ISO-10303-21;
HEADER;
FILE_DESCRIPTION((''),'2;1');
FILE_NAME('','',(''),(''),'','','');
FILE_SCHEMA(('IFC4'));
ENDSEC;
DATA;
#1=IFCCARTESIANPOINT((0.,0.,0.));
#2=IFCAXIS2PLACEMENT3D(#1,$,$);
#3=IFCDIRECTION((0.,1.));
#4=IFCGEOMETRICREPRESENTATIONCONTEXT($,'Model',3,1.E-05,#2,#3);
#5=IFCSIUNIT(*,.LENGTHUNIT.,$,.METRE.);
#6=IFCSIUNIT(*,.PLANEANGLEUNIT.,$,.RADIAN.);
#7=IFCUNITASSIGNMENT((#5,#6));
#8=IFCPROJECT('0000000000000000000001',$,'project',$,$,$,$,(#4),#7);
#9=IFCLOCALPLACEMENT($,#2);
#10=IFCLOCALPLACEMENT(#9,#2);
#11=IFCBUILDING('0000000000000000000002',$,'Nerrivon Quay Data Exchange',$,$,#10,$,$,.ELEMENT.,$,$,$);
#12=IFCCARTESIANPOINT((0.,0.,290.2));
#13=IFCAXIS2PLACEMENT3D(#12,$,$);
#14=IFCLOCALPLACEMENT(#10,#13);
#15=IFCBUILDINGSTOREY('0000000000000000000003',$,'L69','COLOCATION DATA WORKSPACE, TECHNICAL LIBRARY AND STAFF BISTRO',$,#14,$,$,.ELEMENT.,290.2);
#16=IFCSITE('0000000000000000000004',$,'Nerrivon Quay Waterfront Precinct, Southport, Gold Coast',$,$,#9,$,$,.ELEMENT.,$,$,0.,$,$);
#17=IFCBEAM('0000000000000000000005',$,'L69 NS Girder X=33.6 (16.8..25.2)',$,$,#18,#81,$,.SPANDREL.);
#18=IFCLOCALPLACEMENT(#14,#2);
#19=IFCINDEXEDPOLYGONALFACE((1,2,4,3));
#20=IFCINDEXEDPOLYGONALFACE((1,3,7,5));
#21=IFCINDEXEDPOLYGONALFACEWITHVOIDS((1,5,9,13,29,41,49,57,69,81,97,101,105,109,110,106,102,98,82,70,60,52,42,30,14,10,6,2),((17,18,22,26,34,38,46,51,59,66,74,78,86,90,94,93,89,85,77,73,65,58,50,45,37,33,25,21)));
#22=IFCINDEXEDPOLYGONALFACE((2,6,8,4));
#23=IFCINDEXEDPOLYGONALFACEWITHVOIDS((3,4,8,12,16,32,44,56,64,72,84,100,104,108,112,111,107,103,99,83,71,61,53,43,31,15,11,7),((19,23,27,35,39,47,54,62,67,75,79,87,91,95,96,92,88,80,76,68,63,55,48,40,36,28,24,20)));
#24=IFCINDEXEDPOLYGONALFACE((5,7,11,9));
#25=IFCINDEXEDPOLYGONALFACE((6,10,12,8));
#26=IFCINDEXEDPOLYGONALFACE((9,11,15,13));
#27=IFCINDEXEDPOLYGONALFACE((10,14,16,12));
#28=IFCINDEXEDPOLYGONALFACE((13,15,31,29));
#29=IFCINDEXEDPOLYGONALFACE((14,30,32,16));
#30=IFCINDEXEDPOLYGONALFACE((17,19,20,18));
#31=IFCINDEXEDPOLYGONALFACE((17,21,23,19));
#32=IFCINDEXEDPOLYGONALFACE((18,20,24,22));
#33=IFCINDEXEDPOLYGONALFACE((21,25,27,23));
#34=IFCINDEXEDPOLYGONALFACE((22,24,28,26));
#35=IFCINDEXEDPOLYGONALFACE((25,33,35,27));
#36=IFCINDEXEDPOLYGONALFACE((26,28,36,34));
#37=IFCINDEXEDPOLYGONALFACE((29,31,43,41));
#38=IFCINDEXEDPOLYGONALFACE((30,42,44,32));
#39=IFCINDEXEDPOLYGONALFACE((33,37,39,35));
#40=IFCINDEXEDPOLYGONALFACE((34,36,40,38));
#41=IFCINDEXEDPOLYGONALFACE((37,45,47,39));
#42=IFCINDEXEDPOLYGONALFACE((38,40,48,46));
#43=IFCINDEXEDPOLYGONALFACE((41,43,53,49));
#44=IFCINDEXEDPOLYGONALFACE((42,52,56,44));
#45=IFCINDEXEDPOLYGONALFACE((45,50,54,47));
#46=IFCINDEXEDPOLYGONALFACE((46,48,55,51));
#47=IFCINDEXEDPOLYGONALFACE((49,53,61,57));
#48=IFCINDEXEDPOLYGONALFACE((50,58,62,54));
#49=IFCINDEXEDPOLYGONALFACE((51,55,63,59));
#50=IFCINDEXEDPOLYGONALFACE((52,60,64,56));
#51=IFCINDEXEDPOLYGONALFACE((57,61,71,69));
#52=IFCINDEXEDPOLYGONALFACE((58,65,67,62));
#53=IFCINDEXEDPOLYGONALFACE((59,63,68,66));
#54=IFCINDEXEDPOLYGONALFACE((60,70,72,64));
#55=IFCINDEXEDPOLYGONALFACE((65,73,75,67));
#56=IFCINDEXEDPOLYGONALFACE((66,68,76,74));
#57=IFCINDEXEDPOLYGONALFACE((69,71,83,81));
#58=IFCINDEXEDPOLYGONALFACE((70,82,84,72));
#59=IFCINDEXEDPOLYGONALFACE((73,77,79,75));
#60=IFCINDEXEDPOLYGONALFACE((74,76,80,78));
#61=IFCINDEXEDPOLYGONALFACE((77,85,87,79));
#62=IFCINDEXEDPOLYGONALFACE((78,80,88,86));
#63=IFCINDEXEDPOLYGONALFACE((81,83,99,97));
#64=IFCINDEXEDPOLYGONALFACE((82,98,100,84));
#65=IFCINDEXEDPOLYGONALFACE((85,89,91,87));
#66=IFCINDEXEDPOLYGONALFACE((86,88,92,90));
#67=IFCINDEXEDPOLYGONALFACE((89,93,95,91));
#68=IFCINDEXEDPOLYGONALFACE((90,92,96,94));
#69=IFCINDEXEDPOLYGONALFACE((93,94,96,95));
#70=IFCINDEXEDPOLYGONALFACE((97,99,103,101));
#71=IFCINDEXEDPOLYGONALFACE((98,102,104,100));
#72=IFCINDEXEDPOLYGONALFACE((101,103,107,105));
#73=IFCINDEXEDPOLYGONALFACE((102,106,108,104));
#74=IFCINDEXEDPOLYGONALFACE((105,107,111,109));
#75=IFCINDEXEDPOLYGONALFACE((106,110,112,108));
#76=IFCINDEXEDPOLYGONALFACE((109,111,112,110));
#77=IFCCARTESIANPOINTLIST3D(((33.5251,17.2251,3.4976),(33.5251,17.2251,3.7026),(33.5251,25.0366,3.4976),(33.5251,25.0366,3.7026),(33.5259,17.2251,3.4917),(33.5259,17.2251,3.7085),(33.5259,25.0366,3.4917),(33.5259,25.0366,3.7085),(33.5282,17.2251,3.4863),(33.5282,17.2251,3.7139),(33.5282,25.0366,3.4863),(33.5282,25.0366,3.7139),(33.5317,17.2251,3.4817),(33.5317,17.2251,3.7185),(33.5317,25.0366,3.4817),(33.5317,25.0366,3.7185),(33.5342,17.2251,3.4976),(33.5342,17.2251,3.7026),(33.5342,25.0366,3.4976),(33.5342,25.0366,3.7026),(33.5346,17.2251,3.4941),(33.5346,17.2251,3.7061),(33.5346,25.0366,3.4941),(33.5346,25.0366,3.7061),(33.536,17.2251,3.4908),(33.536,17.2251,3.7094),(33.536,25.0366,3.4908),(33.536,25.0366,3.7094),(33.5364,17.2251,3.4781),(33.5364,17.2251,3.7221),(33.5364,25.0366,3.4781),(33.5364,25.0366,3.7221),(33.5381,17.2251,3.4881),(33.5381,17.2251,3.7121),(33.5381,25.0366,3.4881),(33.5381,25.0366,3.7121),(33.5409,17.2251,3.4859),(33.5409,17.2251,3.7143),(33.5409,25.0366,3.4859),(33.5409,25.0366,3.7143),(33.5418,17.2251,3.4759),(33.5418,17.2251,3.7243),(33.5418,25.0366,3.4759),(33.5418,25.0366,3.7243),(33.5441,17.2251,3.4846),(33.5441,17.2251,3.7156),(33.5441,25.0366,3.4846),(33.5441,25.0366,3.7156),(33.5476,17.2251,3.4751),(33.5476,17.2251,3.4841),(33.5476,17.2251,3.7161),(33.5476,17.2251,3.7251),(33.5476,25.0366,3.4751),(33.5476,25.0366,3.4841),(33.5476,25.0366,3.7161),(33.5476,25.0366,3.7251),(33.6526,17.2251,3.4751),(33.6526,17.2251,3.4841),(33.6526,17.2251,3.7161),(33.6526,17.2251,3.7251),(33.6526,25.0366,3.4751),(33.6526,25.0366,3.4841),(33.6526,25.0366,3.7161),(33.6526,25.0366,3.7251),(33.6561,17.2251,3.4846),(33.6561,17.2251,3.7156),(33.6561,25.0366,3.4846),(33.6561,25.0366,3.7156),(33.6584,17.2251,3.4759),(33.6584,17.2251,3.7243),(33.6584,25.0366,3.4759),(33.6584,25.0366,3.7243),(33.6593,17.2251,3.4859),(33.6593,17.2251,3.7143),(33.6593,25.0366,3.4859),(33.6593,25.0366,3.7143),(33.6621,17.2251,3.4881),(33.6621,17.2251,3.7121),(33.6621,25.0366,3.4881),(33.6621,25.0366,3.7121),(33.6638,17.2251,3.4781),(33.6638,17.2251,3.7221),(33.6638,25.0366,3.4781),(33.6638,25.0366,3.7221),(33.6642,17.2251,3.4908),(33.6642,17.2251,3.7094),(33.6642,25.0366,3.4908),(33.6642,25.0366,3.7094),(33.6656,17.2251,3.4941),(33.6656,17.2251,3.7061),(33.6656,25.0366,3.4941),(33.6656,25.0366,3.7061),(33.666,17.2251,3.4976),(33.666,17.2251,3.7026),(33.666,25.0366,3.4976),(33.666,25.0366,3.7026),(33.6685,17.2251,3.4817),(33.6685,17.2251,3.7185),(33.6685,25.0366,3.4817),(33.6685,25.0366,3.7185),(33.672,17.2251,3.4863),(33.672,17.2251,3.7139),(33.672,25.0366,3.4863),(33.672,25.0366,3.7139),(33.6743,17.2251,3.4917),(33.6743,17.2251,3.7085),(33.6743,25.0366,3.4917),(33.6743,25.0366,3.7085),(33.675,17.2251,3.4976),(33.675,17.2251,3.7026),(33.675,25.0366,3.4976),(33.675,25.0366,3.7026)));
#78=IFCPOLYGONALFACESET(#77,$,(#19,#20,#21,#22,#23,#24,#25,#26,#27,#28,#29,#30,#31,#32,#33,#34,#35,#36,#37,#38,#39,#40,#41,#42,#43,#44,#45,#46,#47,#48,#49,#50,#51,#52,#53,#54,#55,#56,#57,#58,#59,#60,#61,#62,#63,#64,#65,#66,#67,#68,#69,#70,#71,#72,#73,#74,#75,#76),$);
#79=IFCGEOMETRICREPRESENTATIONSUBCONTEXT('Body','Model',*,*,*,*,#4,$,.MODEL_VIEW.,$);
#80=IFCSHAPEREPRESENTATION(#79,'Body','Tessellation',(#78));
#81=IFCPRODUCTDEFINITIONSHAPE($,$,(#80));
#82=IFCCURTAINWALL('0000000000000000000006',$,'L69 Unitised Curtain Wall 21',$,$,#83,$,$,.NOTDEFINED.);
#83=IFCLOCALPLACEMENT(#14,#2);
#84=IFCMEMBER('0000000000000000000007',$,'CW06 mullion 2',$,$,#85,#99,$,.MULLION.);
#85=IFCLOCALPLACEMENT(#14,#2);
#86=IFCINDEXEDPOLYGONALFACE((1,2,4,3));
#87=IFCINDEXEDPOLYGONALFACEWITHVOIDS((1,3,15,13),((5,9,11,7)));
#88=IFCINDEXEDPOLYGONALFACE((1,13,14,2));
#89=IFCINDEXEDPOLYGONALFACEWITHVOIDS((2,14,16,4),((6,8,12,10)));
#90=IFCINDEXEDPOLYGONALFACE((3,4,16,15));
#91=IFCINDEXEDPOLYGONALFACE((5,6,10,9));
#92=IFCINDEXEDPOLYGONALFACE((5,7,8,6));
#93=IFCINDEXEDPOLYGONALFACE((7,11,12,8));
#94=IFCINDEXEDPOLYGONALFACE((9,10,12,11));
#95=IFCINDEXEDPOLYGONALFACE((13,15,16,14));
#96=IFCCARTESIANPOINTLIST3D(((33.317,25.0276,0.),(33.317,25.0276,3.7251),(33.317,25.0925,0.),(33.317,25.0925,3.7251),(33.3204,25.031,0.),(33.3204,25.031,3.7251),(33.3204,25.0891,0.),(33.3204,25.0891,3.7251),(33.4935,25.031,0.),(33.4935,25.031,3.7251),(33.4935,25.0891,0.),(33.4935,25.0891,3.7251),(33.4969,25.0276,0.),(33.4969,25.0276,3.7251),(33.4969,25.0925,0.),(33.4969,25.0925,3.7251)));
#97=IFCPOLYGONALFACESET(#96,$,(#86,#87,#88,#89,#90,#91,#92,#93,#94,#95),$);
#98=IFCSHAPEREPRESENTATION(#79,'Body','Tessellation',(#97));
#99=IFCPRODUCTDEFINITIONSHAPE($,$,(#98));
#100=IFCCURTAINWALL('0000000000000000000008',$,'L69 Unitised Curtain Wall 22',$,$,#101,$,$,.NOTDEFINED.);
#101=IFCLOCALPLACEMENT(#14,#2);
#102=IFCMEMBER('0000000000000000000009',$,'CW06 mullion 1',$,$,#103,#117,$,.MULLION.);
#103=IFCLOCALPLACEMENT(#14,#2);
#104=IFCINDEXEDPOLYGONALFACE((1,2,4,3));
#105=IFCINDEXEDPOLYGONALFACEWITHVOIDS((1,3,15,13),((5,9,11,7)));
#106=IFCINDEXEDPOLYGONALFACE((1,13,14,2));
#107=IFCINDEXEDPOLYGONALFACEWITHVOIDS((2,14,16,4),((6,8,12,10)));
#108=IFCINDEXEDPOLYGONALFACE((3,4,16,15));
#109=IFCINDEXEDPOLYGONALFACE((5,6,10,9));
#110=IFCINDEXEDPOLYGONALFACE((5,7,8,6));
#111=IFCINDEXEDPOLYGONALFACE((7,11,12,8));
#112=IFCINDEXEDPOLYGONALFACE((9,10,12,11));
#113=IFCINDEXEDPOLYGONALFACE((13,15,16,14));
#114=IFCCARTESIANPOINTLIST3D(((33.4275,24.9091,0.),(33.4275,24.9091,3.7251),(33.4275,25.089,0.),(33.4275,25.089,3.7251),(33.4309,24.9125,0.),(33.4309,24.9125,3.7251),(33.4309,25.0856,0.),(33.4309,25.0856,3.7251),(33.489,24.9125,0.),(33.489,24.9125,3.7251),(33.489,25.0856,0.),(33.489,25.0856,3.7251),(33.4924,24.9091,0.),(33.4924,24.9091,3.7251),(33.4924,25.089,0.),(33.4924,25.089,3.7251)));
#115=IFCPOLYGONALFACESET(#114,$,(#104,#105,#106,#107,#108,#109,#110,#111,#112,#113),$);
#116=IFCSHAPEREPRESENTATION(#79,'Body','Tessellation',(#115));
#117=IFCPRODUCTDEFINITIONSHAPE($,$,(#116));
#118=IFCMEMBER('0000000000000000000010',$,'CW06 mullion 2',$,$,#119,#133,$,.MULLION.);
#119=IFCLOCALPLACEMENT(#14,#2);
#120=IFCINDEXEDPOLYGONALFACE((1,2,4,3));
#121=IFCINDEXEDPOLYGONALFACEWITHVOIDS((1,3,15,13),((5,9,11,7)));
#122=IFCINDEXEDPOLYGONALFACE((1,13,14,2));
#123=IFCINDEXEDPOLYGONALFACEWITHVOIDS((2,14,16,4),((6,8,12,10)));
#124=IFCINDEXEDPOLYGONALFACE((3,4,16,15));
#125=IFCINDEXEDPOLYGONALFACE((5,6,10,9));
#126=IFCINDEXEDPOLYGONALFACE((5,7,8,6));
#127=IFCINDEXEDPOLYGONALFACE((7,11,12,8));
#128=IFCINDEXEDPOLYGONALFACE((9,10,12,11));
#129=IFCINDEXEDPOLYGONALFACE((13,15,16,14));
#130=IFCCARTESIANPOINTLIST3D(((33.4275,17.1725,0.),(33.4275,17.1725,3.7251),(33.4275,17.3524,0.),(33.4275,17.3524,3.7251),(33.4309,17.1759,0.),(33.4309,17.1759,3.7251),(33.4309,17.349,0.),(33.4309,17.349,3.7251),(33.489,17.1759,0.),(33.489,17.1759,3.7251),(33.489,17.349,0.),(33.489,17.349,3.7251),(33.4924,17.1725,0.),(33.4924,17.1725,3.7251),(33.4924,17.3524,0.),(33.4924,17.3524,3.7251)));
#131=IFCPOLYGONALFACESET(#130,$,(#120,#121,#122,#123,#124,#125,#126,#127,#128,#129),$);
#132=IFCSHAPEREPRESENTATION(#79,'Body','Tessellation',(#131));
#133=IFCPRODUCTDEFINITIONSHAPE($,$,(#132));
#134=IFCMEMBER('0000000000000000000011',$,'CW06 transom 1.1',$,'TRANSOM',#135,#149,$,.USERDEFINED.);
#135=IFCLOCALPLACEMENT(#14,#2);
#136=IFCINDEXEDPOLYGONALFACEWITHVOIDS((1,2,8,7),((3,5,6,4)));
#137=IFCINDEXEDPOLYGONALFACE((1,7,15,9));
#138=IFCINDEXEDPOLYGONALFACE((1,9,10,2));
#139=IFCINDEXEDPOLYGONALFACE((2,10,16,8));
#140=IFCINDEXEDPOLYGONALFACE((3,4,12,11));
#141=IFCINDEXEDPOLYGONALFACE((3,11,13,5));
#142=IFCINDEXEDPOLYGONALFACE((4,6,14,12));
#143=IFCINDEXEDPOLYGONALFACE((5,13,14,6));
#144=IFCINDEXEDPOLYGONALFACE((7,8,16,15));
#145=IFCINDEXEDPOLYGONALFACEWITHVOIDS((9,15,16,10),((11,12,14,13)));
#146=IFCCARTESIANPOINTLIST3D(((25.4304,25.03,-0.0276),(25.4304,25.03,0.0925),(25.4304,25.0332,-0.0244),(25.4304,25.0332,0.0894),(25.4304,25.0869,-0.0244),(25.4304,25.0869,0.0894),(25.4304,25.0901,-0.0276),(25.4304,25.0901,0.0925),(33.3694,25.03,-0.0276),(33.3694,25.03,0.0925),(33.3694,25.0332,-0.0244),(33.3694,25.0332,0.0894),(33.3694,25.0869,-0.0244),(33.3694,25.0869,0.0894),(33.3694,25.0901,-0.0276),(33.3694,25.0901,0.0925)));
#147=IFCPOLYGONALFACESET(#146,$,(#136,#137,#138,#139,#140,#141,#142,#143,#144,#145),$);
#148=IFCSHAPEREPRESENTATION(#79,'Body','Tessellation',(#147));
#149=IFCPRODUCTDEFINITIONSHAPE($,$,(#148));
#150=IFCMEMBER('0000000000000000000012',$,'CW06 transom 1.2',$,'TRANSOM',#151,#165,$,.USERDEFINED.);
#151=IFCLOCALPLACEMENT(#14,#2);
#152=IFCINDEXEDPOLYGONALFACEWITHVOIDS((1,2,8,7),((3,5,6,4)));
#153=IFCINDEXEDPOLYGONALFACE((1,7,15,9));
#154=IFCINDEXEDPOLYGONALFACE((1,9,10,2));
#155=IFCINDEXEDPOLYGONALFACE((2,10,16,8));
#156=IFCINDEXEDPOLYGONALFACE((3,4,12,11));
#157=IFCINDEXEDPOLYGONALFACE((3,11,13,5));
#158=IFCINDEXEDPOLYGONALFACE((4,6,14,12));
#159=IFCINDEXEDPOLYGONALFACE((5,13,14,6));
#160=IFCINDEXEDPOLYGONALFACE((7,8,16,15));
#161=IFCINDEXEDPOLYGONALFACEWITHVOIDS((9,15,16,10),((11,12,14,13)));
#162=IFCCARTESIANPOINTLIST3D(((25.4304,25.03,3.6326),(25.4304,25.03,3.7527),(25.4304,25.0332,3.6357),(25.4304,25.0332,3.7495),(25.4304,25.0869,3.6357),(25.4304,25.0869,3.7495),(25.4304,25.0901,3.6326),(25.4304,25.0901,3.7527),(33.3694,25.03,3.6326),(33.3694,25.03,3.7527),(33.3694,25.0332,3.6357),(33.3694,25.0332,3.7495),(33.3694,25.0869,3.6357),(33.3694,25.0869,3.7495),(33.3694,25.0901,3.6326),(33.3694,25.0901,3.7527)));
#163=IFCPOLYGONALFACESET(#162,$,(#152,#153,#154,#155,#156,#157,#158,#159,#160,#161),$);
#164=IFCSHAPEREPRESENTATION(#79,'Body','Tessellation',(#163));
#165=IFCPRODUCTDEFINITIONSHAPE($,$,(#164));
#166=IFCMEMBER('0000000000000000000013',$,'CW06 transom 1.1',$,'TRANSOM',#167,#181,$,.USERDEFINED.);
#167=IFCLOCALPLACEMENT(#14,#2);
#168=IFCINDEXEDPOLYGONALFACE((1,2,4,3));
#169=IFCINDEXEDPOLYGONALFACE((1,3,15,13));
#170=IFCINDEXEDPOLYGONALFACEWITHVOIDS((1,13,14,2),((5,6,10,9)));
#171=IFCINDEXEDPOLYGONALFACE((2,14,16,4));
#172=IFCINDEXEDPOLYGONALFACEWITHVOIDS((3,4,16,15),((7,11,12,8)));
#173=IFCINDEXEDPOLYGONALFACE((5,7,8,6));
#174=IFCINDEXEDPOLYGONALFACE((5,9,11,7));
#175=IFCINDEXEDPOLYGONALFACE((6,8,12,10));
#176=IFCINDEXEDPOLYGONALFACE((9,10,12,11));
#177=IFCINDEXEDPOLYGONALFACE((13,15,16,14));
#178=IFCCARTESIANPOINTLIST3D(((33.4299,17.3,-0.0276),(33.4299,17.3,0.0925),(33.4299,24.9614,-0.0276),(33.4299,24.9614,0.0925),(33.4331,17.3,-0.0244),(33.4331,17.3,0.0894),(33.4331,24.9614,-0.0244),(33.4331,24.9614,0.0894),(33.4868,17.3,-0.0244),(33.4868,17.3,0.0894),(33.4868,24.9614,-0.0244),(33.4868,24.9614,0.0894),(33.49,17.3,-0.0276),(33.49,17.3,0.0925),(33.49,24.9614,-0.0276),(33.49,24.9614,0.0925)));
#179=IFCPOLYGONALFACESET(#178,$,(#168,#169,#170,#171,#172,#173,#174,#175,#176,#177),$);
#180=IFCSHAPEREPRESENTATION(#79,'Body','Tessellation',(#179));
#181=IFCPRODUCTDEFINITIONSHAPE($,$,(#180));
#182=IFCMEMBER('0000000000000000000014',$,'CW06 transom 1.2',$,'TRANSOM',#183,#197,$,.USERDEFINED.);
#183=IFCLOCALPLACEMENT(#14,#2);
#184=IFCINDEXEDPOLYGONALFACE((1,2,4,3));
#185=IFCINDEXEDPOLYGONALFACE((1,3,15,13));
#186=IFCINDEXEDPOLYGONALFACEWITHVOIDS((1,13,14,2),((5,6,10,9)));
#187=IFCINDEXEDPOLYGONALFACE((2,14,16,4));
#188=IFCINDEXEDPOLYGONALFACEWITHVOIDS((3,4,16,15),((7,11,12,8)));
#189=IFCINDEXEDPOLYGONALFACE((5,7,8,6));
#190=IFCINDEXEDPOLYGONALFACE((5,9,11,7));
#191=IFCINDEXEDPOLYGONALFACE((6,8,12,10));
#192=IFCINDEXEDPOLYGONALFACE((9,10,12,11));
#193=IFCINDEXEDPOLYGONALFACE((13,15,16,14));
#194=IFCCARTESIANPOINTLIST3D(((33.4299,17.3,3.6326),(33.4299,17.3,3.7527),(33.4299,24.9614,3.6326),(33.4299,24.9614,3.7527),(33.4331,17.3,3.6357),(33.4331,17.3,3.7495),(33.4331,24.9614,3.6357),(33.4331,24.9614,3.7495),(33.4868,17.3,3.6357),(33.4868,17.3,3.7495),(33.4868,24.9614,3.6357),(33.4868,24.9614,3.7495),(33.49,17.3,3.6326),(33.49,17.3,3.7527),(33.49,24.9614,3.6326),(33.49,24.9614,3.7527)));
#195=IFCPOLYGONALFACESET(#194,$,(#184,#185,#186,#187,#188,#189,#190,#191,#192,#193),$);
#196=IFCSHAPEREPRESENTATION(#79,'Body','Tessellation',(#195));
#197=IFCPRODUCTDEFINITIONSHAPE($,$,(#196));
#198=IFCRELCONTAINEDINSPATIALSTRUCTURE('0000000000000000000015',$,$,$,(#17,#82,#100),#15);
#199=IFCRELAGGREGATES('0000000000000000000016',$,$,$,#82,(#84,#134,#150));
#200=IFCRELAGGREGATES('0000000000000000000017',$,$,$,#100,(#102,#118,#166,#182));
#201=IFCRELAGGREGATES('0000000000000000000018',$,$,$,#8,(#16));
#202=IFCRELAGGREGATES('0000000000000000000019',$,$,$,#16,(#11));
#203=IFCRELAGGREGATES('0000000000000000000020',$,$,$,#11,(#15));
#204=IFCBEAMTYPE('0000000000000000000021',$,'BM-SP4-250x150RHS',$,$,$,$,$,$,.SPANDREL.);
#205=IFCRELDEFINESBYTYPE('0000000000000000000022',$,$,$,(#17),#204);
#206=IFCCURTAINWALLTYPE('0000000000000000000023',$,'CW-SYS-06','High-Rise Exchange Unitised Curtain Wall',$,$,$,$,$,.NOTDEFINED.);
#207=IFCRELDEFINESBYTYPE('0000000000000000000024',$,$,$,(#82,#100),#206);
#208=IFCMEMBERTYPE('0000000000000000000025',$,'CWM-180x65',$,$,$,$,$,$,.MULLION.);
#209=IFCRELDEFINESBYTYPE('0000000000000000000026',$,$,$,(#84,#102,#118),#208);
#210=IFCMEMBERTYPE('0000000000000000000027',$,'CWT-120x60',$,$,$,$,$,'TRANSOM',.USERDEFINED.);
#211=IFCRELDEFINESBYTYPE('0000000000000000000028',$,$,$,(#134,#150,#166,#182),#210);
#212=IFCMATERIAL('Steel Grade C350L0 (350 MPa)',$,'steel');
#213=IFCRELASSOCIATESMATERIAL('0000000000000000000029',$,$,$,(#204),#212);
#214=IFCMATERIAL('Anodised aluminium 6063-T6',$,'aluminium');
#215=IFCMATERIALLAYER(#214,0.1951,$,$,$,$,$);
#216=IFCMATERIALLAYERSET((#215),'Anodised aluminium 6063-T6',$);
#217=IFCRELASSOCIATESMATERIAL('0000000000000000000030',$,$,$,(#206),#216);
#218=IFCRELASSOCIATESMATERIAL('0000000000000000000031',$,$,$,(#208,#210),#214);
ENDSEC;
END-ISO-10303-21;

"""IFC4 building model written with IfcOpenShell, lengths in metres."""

from ifc_helpers import new_model, si_unit, direction, frame, origin, origin_2d, place, context, subcontext, project, spatial, hollow_rectangle, extrude, material, layer, layer_set, material_profile, profile_set, type_object, element, aggregate, save


model = new_model("IFC4")

# Units and contexts
model_context = context("Model", 3, precision=1e-05, world=origin(), true_north=direction((0.0, 1.0)))
body_context = subcontext(model_context, "Body", "Model", "MODEL_VIEW")
ifc_project = project(units=[si_unit("LENGTHUNIT", "METRE"), si_unit("PLANEANGLEUNIT", "RADIAN")], contexts=[model_context])

# Site, building, storey
site_placement = place(None, origin())
site = spatial("IfcSite", under=ifc_project, at=site_placement, Name="Nerrivon Quay Waterfront Precinct, Southport, Gold Coast", CompositionType="ELEMENT", RefElevation=0.0)
building_placement = place(site_placement, origin())
building = spatial("IfcBuilding", under=site, at=building_placement, Name="Nerrivon Quay Data Exchange", CompositionType="ELEMENT")
storey_placement = place(building_placement, frame((0.0, 0.0, 290.2)))
storey = spatial("IfcBuildingStorey", under=building, at=storey_placement, Name="L69", Description="COLOCATION DATA WORKSPACE, TECHNICAL LIBRARY AND STAFF BISTRO", CompositionType="ELEMENT", Elevation=290.2)

# Beam
ifc_material_1 = material(Name="Steel Grade C350L0 (350 MPa)", Category="steel")
ifc_material_profile_1 = material_profile(ifc_material_1, hollow_rectangle(XDim=0.1499, YDim=0.25, WallThickness=0.009, InnerFilletRadius=0.0134, OuterFilletRadius=0.0225, at=origin_2d()), Name="250x150x9.0RHS")
ifc_profile_set_1 = profile_set([ifc_material_profile_1], Name="Steel Grade C350L0 (350 MPa)")
beam_type_1 = type_object("IfcBeamType", Name="BM-SP4-250x150RHS", PredefinedType="SPANDREL", material=ifc_profile_set_1)
beam_1_placement = place(storey_placement, frame((33.6001, 17.2251, 3.6001), z_axis=(0.0, 1.0, 0.0), x_axis=(-1.0, 0.0, 0.0)))
element("IfcBeam", 1, at=beam_1_placement, inside=storey, type_object=beam_type_1, Name="L69 NS Girder X=33.6 (16.8..25.2)", PredefinedType="SPANDREL", context=body_context, shape_type="SweptSolid", body=[
    extrude(hollow_rectangle(XDim=0.1499, YDim=0.25, WallThickness=0.009, InnerFilletRadius=0.0134, OuterFilletRadius=0.0225, at=origin_2d()), origin(), (0.0, 0.0, 1.0), 7.8115),
])

# Curtain wall, member
ifc_material_2 = material(Name="Anodised aluminium 6063-T6", Category="aluminium")
ifc_layer_1 = layer(ifc_material_2, 0.1951)
ifc_layer_set_1 = layer_set([ifc_layer_1], Name="Anodised aluminium 6063-T6")
curtain_wall_type = type_object("IfcCurtainWallType", Name="CW-SYS-06", Description="High-Rise Exchange Unitised Curtain Wall", PredefinedType="NOTDEFINED", material=ifc_layer_set_1)
curtain_wall_1_placement = place(storey_placement, origin())
curtain_wall_1 = element("IfcCurtainWall", 2, at=curtain_wall_1_placement, inside=storey, type_object=curtain_wall_type, Name="L69 Unitised Curtain Wall 21", PredefinedType="NOTDEFINED")
ifc_material_profile_2 = material_profile(ifc_material_2, hollow_rectangle(XDim=0.0649, YDim=0.1799, WallThickness=0.0034, at=origin_2d()), Name="ALU-MULL-180x65")
ifc_profile_set_2 = profile_set([ifc_material_profile_2], Name="Anodised aluminium 6063-T6")
member_type_1 = type_object("IfcMemberType", Name="CWM-180x65", PredefinedType="MULLION", material=ifc_profile_set_2)
member_1_placement = place(storey_placement, frame((33.407, 25.0601, 0.0), z_axis=(0.0, 0.0, 1.0), x_axis=(0.0, 1.0, 0.0)))
member_1 = element("IfcMember", 3, at=member_1_placement, type_object=member_type_1, Name="CW06 mullion 2", PredefinedType="MULLION", context=body_context, shape_type="SweptSolid", body=[
    extrude(hollow_rectangle(XDim=0.0649, YDim=0.1799, WallThickness=0.0034, at=origin_2d()), origin(), (0.0, 0.0, 1.0), 3.7251),
])

# Curtain wall, members
curtain_wall_2_placement = place(storey_placement, origin())
curtain_wall_2 = element("IfcCurtainWall", 4, at=curtain_wall_2_placement, inside=storey, type_object=curtain_wall_type, Name="L69 Unitised Curtain Wall 22", PredefinedType="NOTDEFINED")
member_2_placement = place(storey_placement, frame((33.46, 24.999, 0.0), z_axis=(0.0, 0.0, 1.0), x_axis=(1.0, 0.0, 0.0)))
member_2 = element("IfcMember", 5, at=member_2_placement, type_object=member_type_1, Name="CW06 mullion 1", PredefinedType="MULLION", context=body_context, shape_type="SweptSolid", body=[
    extrude(hollow_rectangle(XDim=0.0649, YDim=0.1799, WallThickness=0.0034, at=origin_2d()), origin(), (0.0, 0.0, 1.0), 3.7251),
])
member_3_placement = place(storey_placement, frame((33.46, 17.2625, 0.0), z_axis=(0.0, 0.0, 1.0), x_axis=(1.0, 0.0, 0.0)))
member_3 = element("IfcMember", 6, at=member_3_placement, type_object=member_type_1, Name="CW06 mullion 2", PredefinedType="MULLION", context=body_context, shape_type="SweptSolid", body=[
    extrude(hollow_rectangle(XDim=0.0649, YDim=0.1799, WallThickness=0.0034, at=origin_2d()), origin(), (0.0, 0.0, 1.0), 3.7251),
])

# Members
ifc_material_profile_3 = material_profile(ifc_material_2, hollow_rectangle(XDim=0.0601, YDim=0.1201, WallThickness=0.0032, at=origin_2d()), Name="ALU-TRAN-120x60")
ifc_profile_set_3 = profile_set([ifc_material_profile_3], Name="Anodised aluminium 6063-T6")
member_type_2 = type_object("IfcMemberType", Name="CWT-120x60", ElementType="TRANSOM", PredefinedType="USERDEFINED", material=ifc_profile_set_3)
member_4_placement = place(storey_placement, frame((25.4304, 25.0601, 0.0325), z_axis=(1.0, 0.0, 0.0), x_axis=(0.0, 1.0, 0.0)))
member_4 = element("IfcMember", 7, at=member_4_placement, type_object=member_type_2, Name="CW06 transom 1.1", ObjectType="TRANSOM", PredefinedType="USERDEFINED", context=body_context, shape_type="SweptSolid", body=[
    extrude(hollow_rectangle(XDim=0.0601, YDim=0.1201, WallThickness=0.0032, at=origin_2d()), origin(), (0.0, 0.0, 1.0), 7.939),
])
member_5_placement = place(storey_placement, frame((25.4304, 25.0601, 3.6926), z_axis=(1.0, 0.0, 0.0), x_axis=(0.0, 1.0, 0.0)))
member_5 = element("IfcMember", 8, at=member_5_placement, type_object=member_type_2, Name="CW06 transom 1.2", ObjectType="TRANSOM", PredefinedType="USERDEFINED", context=body_context, shape_type="SweptSolid", body=[
    extrude(hollow_rectangle(XDim=0.0601, YDim=0.1201, WallThickness=0.0032, at=origin_2d()), origin(), (0.0, 0.0, 1.0), 7.939),
])
member_6_placement = place(storey_placement, frame((33.46, 24.9614, 0.0325), z_axis=(0.0, -1.0, 0.0), x_axis=(1.0, 0.0, 0.0)))
member_6 = element("IfcMember", 9, at=member_6_placement, type_object=member_type_2, Name="CW06 transom 1.1", ObjectType="TRANSOM", PredefinedType="USERDEFINED", context=body_context, shape_type="SweptSolid", body=[
    extrude(hollow_rectangle(XDim=0.0601, YDim=0.1201, WallThickness=0.0032, at=origin_2d()), origin(), (0.0, 0.0, 1.0), 7.6614),
])
member_7_placement = place(storey_placement, frame((33.46, 24.9614, 3.6926), z_axis=(0.0, -1.0, 0.0), x_axis=(1.0, 0.0, 0.0)))
member_7 = element("IfcMember", 10, at=member_7_placement, type_object=member_type_2, Name="CW06 transom 1.2", ObjectType="TRANSOM", PredefinedType="USERDEFINED", context=body_context, shape_type="SweptSolid", body=[
    extrude(hollow_rectangle(XDim=0.0601, YDim=0.1201, WallThickness=0.0032, at=origin_2d()), origin(), (0.0, 0.0, 1.0), 7.6614),
])

aggregate(curtain_wall_1, [member_1, member_4, member_5])
aggregate(curtain_wall_2, [member_2, member_3, member_6, member_7])

save(model, "model.ifc")
